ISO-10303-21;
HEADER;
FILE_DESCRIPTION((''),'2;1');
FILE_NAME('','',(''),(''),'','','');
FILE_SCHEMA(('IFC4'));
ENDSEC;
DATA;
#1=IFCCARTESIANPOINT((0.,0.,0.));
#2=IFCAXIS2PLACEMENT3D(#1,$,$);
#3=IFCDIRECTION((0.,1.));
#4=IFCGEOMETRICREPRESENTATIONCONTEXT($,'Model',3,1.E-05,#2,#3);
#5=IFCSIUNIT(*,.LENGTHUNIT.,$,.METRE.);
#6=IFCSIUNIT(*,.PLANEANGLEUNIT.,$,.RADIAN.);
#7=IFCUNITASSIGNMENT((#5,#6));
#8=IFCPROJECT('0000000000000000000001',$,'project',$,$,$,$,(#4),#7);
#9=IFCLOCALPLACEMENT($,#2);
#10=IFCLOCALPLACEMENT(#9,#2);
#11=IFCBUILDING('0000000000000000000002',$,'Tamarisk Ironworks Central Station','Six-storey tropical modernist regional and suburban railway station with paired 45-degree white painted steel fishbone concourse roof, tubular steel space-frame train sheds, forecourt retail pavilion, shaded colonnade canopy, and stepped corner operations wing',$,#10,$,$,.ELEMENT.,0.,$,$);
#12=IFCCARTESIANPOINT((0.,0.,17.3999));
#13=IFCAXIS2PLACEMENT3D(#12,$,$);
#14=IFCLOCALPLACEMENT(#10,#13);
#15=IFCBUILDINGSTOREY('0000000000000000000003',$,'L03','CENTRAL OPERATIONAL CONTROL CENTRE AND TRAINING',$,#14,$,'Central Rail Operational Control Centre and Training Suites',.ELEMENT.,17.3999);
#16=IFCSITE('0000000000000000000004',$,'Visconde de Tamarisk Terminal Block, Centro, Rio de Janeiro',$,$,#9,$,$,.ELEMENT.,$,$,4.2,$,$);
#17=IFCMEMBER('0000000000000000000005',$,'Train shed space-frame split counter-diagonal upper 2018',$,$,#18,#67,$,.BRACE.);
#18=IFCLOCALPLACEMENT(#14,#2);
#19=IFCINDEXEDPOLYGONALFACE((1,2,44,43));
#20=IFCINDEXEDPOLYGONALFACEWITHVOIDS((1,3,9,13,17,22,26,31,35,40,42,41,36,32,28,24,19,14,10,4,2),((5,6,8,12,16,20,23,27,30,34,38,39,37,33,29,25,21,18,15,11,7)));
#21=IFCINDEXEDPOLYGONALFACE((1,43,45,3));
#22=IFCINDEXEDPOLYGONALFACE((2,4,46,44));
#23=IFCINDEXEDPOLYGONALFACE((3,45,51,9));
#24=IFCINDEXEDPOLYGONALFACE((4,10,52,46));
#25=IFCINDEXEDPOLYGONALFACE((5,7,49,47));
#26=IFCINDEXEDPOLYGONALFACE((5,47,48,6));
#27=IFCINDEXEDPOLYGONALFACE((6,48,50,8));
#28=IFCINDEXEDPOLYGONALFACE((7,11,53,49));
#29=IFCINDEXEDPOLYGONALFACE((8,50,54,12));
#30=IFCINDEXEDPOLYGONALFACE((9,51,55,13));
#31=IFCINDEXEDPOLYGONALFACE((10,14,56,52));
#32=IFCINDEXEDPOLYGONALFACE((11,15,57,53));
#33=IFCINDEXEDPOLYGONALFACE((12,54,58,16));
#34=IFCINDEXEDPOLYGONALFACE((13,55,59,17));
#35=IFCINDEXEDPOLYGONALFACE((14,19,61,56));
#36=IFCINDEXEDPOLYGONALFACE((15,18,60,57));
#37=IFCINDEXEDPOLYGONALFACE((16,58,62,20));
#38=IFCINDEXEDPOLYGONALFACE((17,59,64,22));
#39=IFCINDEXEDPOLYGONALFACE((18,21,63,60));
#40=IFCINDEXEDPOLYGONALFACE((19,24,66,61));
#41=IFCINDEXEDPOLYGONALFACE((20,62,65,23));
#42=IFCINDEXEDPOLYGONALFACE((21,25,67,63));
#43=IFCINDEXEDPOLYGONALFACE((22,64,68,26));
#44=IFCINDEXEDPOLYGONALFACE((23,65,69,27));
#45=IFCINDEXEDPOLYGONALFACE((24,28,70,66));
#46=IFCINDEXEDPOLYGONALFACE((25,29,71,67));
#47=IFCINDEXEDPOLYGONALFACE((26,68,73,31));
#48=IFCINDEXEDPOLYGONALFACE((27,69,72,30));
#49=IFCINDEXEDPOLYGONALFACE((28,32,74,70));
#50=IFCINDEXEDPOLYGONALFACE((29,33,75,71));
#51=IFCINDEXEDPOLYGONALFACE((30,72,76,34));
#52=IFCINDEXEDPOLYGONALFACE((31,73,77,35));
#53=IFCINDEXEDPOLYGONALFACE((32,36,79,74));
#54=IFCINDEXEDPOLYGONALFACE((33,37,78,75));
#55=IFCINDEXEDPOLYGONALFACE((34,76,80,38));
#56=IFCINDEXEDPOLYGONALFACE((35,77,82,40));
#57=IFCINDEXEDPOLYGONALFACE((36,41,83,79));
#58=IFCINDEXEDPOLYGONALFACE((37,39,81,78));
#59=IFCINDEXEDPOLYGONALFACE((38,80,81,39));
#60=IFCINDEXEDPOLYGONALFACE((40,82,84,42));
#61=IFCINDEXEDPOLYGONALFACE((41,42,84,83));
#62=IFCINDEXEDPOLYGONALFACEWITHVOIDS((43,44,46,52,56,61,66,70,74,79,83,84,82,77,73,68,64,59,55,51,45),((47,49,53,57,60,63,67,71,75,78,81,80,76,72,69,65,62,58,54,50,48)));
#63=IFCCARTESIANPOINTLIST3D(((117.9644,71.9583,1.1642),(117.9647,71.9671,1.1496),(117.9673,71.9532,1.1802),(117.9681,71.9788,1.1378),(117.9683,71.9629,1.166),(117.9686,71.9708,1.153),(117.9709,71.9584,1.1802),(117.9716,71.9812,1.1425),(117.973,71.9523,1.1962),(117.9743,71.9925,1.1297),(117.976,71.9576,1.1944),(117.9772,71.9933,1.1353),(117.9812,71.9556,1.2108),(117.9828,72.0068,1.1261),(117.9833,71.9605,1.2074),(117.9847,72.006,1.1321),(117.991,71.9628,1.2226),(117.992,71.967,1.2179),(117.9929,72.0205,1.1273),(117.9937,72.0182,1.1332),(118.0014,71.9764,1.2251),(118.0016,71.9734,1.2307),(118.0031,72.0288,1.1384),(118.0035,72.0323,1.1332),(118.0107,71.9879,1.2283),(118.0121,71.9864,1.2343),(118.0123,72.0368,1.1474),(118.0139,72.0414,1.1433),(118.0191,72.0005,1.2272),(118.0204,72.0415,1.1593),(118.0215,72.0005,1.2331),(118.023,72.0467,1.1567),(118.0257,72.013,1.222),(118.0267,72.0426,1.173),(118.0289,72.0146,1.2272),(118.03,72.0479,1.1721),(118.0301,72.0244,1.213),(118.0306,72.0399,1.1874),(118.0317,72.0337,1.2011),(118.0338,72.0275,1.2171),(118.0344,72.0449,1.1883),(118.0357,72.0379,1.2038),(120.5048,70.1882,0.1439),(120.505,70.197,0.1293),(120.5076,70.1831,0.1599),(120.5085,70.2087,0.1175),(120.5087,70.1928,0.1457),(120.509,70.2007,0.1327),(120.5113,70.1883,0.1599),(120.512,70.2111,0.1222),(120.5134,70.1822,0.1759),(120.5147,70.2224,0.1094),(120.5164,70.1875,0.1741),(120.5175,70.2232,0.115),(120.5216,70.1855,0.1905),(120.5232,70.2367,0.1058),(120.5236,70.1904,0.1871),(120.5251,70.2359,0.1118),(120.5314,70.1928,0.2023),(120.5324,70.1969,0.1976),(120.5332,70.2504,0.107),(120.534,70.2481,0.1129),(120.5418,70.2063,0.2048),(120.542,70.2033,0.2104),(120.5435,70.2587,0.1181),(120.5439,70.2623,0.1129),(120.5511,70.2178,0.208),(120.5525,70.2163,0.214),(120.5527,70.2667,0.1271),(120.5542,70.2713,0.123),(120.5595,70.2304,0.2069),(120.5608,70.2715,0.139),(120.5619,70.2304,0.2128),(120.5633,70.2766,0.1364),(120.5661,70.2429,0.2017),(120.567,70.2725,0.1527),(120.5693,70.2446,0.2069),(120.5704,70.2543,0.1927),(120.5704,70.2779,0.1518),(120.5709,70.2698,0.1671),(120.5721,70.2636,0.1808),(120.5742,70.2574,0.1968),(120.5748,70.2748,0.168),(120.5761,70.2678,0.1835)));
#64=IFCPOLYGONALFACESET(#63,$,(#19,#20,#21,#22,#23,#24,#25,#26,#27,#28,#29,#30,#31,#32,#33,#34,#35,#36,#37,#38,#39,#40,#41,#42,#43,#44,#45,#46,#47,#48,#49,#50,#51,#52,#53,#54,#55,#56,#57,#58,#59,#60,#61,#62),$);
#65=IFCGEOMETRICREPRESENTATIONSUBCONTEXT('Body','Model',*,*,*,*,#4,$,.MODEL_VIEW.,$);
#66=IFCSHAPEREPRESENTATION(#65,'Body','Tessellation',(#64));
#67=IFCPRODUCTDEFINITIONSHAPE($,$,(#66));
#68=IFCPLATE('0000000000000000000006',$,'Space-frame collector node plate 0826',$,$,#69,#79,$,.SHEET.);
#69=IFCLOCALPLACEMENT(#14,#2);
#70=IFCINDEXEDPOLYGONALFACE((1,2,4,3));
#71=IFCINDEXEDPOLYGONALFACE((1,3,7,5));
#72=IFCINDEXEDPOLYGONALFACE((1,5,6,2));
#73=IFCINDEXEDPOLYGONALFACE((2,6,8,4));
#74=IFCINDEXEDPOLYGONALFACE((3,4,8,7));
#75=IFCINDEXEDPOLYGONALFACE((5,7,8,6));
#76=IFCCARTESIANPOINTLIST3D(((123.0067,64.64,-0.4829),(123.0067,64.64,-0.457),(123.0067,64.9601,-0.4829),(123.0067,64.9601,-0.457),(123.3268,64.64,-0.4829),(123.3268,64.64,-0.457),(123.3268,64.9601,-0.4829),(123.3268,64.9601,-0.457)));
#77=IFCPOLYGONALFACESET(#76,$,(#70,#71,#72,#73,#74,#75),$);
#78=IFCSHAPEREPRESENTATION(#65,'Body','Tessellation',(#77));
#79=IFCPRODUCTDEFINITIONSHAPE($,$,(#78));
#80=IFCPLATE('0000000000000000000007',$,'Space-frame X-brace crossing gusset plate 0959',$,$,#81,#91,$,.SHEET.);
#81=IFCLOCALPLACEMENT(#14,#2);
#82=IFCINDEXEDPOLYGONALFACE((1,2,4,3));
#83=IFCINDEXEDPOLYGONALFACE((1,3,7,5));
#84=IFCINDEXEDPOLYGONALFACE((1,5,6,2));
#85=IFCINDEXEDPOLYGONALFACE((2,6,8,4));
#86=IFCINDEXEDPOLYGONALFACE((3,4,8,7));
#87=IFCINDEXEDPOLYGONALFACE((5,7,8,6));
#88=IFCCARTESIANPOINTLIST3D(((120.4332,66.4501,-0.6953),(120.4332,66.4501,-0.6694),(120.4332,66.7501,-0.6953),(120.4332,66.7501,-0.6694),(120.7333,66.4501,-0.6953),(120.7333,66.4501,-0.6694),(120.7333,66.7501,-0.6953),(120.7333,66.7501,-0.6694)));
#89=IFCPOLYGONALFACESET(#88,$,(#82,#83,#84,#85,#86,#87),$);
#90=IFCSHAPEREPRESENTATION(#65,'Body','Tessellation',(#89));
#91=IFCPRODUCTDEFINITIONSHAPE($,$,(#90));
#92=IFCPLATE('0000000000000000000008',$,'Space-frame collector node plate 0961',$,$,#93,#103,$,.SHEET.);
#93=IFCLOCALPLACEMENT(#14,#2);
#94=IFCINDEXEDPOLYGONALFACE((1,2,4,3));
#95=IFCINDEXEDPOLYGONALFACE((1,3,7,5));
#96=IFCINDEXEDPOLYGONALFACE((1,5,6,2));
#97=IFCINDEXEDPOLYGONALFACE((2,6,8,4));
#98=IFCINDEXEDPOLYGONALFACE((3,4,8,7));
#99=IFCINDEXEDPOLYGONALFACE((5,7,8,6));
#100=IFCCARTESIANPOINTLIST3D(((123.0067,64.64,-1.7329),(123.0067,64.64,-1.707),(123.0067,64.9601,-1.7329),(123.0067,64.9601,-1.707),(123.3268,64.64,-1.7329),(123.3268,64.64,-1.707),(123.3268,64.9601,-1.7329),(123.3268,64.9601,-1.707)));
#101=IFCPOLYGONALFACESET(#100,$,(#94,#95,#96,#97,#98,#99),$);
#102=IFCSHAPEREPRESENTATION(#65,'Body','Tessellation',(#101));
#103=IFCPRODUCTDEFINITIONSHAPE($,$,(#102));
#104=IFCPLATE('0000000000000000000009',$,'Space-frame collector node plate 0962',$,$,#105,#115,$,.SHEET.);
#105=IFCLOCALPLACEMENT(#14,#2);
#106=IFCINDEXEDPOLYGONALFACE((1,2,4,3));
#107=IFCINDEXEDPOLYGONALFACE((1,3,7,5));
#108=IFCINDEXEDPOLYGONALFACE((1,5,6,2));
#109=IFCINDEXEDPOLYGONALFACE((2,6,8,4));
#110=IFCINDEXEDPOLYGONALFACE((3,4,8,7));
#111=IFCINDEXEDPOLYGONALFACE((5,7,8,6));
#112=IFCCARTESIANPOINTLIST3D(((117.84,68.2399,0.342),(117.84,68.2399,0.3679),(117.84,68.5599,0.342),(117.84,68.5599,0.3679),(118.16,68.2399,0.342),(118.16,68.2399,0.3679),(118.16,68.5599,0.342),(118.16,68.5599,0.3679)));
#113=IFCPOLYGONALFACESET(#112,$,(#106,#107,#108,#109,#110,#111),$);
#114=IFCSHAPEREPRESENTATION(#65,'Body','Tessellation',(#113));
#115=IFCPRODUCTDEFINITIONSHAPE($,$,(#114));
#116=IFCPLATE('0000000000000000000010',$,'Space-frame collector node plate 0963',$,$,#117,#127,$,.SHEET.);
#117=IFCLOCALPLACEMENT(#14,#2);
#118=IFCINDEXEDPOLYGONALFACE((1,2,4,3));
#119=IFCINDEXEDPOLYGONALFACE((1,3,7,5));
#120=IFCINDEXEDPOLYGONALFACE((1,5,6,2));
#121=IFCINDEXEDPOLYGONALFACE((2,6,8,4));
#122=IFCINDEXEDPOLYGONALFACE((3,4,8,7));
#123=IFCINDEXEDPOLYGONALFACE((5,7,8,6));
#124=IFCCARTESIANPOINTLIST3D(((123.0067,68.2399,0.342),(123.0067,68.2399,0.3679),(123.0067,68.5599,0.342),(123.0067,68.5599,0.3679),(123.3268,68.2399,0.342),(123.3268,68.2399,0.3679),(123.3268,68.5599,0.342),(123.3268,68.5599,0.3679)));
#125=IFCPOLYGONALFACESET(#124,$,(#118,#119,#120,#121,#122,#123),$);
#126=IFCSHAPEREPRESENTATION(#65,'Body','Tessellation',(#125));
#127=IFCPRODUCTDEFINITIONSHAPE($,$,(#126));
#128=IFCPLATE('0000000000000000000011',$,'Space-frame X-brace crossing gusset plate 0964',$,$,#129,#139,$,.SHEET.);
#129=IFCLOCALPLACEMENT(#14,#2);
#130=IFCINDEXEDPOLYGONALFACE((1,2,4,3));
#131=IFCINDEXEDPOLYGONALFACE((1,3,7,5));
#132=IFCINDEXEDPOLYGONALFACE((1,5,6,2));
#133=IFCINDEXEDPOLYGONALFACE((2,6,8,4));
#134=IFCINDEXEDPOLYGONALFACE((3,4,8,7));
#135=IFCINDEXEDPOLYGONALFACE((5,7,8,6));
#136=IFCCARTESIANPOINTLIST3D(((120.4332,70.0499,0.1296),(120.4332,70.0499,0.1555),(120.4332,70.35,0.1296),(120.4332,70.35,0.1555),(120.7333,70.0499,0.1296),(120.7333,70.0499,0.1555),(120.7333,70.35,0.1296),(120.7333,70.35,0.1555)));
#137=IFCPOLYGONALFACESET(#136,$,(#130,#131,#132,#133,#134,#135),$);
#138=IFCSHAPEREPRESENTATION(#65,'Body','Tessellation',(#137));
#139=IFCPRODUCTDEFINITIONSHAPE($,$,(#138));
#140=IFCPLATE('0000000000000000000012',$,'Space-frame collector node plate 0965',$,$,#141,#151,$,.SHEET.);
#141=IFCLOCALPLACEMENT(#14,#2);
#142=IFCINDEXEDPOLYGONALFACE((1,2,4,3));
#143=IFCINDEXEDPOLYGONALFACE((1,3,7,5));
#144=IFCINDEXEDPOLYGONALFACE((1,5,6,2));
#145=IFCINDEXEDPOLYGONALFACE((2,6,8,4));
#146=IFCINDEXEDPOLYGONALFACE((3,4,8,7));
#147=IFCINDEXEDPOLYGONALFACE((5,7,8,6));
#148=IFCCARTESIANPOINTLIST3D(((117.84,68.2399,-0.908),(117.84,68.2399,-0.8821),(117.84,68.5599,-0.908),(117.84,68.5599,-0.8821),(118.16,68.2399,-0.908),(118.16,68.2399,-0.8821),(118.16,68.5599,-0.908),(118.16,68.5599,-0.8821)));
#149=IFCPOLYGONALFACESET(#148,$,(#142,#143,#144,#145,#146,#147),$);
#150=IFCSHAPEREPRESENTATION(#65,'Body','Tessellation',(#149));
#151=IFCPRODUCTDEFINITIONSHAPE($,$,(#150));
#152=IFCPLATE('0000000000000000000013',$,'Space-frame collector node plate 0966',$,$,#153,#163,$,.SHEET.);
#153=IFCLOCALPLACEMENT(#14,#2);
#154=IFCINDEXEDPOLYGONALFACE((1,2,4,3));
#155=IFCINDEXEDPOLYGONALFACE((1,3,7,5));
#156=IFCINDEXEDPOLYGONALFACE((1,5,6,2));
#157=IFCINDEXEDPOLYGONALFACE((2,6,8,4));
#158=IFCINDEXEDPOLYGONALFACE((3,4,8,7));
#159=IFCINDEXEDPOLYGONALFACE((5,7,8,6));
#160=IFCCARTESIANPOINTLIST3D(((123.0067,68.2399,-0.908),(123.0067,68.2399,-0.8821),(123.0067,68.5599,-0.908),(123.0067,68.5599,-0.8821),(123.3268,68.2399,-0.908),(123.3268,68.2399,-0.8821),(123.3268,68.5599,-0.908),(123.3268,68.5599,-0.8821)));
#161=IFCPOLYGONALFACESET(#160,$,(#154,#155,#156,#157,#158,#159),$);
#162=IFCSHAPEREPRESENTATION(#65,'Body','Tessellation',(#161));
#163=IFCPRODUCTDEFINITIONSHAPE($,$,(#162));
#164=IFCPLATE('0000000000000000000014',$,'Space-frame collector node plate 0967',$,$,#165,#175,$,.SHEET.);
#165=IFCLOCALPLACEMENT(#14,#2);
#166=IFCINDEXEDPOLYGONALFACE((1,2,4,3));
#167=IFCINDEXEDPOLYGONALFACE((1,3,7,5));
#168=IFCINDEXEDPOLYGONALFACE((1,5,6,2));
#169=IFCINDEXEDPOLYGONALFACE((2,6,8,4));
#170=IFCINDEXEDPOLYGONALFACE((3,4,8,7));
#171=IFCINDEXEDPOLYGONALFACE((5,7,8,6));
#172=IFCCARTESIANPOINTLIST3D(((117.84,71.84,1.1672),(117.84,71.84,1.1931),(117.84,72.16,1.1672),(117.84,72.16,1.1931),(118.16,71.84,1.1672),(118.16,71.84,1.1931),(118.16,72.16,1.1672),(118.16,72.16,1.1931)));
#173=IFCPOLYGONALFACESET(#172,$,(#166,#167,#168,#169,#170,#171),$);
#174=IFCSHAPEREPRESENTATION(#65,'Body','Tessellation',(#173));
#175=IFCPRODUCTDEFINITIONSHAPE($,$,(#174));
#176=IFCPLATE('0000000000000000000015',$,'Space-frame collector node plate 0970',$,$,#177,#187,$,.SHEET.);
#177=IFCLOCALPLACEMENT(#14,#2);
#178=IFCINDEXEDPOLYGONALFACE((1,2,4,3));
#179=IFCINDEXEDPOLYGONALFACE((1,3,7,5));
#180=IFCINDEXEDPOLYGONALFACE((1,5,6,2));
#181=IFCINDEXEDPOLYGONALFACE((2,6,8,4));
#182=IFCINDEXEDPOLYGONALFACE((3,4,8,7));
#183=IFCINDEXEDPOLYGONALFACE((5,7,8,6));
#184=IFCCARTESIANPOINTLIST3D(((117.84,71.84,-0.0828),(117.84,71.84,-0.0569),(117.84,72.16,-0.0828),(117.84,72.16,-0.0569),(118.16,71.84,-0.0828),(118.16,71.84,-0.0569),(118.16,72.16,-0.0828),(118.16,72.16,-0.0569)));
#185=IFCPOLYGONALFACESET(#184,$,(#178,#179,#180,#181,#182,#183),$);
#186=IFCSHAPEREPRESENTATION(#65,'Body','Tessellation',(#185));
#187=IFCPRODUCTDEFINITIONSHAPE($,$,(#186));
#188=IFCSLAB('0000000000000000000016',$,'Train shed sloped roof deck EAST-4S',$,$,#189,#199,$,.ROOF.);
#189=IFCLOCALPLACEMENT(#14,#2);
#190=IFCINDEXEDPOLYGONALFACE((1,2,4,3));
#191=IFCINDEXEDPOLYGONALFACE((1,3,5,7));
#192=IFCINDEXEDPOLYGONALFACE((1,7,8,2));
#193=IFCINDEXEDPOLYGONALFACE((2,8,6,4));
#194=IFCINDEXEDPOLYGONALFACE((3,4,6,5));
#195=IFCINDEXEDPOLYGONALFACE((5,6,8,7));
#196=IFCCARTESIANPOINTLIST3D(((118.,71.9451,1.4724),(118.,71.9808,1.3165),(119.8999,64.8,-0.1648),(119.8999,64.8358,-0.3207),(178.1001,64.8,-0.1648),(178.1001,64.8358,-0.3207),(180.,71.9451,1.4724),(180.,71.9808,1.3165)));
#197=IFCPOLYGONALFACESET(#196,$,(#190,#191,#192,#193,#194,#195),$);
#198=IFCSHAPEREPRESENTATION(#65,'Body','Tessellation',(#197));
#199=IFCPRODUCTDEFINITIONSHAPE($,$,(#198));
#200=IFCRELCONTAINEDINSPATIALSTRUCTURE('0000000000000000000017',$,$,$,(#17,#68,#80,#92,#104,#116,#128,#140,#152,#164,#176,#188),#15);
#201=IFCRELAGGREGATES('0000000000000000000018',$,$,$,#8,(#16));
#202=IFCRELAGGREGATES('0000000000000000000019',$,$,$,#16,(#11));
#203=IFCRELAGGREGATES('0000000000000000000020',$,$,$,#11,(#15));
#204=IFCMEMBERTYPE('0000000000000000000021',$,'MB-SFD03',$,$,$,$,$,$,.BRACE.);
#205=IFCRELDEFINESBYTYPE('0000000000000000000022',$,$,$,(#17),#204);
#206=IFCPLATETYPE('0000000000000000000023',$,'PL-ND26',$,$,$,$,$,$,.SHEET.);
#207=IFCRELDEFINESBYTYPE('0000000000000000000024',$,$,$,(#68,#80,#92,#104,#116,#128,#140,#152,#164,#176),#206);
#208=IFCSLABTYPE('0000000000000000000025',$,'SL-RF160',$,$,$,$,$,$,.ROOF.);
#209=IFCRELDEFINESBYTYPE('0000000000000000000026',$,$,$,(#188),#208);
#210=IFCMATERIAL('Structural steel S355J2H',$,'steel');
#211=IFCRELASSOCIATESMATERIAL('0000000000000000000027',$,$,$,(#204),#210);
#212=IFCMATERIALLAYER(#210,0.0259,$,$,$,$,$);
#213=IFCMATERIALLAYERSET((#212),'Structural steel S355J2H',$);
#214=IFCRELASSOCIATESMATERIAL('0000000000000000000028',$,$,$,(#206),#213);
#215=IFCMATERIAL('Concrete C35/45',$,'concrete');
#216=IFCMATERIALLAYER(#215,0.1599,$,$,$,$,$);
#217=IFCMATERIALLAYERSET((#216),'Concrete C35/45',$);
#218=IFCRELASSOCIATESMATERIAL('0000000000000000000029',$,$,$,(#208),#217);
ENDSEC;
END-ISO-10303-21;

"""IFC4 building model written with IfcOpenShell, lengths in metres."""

from ifc_helpers import new_model, si_unit, direction, frame, origin, origin_2d, place, context, subcontext, project, spatial, polyline, rectangle, hollow_circle, outline, extrude, material, layer, layer_set, material_profile, profile_set, type_object, element, save


model = new_model("IFC4")

# Units and contexts
model_context = context("Model", 3, precision=1e-05, world=origin(), true_north=direction((0.0, 1.0)))
body_context = subcontext(model_context, "Body", "Model", "MODEL_VIEW")
ifc_project = project(units=[si_unit("LENGTHUNIT", "METRE"), si_unit("PLANEANGLEUNIT", "RADIAN")], contexts=[model_context])

# Site, building, storey
site_placement = place(None, origin())
site = spatial("IfcSite", under=ifc_project, at=site_placement, Name="Visconde de Tamarisk Terminal Block, Centro, Rio de Janeiro", CompositionType="ELEMENT", RefElevation=4.2)
building_placement = place(site_placement, origin())
building = spatial("IfcBuilding", under=site, at=building_placement, Name="Tamarisk Ironworks Central Station", Description="Six-storey tropical modernist regional and suburban railway station with paired 45-degree white painted steel fishbone concourse roof, tubular steel space-frame train sheds, forecourt retail pavilion, shaded colonnade canopy, and stepped corner operations wing", CompositionType="ELEMENT", ElevationOfRefHeight=0.0)
storey_placement = place(building_placement, frame((0.0, 0.0, 17.3999)))
storey = spatial("IfcBuildingStorey", under=building, at=storey_placement, Name="L03", Description="CENTRAL OPERATIONAL CONTROL CENTRE AND TRAINING", LongName="Central Rail Operational Control Centre and Training Suites", CompositionType="ELEMENT", Elevation=17.3999)

# Member
ifc_material_1 = material(Name="Structural steel S355J2H", Category="steel")
ifc_material_profile_1 = material_profile(ifc_material_1, hollow_circle(Radius=0.0571, WallThickness=0.0063, at=origin_2d()), Name="CHS 114.3x6.3")
ifc_profile_set_1 = profile_set([ifc_material_profile_1], Name="Structural steel S355J2H")
member_type_1 = type_object("IfcMemberType", Name="MB-SFD03", PredefinedType="BRACE", material=ifc_profile_set_1)
member_1_placement = place(storey_placement, frame((120.5403, 70.23, 0.1599), z_axis=(-0.779252, 0.542967, 0.312974), x_axis=(-0.571688, -0.820471, 0.0)))
element("IfcMember", 1, at=member_1_placement, inside=storey, type_object=member_type_1, Name="Train shed space-frame split counter-diagonal upper 2018", PredefinedType="BRACE", context=body_context, shape_type="SweptSolid", body=[
    extrude(hollow_circle(Radius=0.0571, WallThickness=0.0063, at=origin_2d()), origin(), (0.0, 0.0, 1.0), 3.26),
])

# Plates
ifc_layer_1 = layer(ifc_material_1, 0.0259)
ifc_layer_set_1 = layer_set([ifc_layer_1], Name="Structural steel S355J2H")
plate_type = type_object("IfcPlateType", Name="PL-ND26", PredefinedType="SHEET", material=ifc_layer_set_1)
plate_1_placement = place(storey_placement, frame((123.1667, 64.8, -0.4829), z_axis=(0.0, 0.0, 1.0), x_axis=(1.0, 0.0, 0.0)))
element("IfcPlate", 2, at=plate_1_placement, inside=storey, type_object=plate_type, Name="Space-frame collector node plate 0826", PredefinedType="SHEET", context=body_context, shape_type="SweptSolid", body=[
    extrude(rectangle(XDim=0.3201, YDim=0.3201, at=origin_2d()), origin(), (0.0, 0.0, 1.0), 0.0259),
])
plate_2_placement = place(storey_placement, frame((120.5833, 66.6001, -0.6953), z_axis=(0.0, 0.0, 1.0), x_axis=(1.0, 0.0, 0.0)))
element("IfcPlate", 3, at=plate_2_placement, inside=storey, type_object=plate_type, Name="Space-frame X-brace crossing gusset plate 0959", PredefinedType="SHEET", context=body_context, shape_type="SweptSolid", body=[
    extrude(rectangle(XDim=0.3, YDim=0.3, at=origin_2d()), origin(), (0.0, 0.0, 1.0), 0.0259),
])
for number, where, z_axis, x_axis, name in (
    (4, (123.1667, 64.8, -1.7329), (0.0, 0.0, 1.0), (1.0, 0.0, 0.0), "Space-frame collector node plate 0961"),
    (5, (118.0, 68.3999, 0.342), (0.0, 0.0, 1.0), (1.0, 0.0, 0.0), "Space-frame collector node plate 0962"),
    (6, (123.1667, 68.3999, 0.342), (0.0, 0.0, 1.0), (1.0, 0.0, 0.0), "Space-frame collector node plate 0963"),
):
    element("IfcPlate", number, at=place(storey_placement, frame(where, z_axis=z_axis, x_axis=x_axis)), inside=storey, type_object=plate_type, Name=name, PredefinedType="SHEET", context=body_context, shape_type="SweptSolid", body=[
        extrude(rectangle(XDim=0.3201, YDim=0.3201, at=origin_2d()), origin(), (0.0, 0.0, 1.0), 0.0259),
    ])
plate_3_placement = place(storey_placement, frame((120.5833, 70.2, 0.1296), z_axis=(0.0, 0.0, 1.0), x_axis=(1.0, 0.0, 0.0)))
element("IfcPlate", 7, at=plate_3_placement, inside=storey, type_object=plate_type, Name="Space-frame X-brace crossing gusset plate 0964", PredefinedType="SHEET", context=body_context, shape_type="SweptSolid", body=[
    extrude(rectangle(XDim=0.3, YDim=0.3, at=origin_2d()), origin(), (0.0, 0.0, 1.0), 0.0259),
])
for number, where, z_axis, x_axis, name in (
    (8, (118.0, 68.3999, -0.908), (0.0, 0.0, 1.0), (1.0, 0.0, 0.0), "Space-frame collector node plate 0965"),
    (9, (123.1667, 68.3999, -0.908), (0.0, 0.0, 1.0), (1.0, 0.0, 0.0), "Space-frame collector node plate 0966"),
    (10, (118.0, 72.0, 1.1672), (0.0, 0.0, 1.0), (1.0, 0.0, 0.0), "Space-frame collector node plate 0967"),
    (11, (118.0, 72.0, -0.0828), (0.0, 0.0, 1.0), (1.0, 0.0, 0.0), "Space-frame collector node plate 0970"),
):
    element("IfcPlate", number, at=place(storey_placement, frame(where, z_axis=z_axis, x_axis=x_axis)), inside=storey, type_object=plate_type, Name=name, PredefinedType="SHEET", context=body_context, shape_type="SweptSolid", body=[
        extrude(rectangle(XDim=0.3201, YDim=0.3201, at=origin_2d()), origin(), (0.0, 0.0, 1.0), 0.0259),
    ])

# Slab
ifc_material_2 = material(Name="Concrete C35/45", Category="concrete")
ifc_layer_2 = layer(ifc_material_2, 0.1599)
ifc_layer_set_2 = layer_set([ifc_layer_2], Name="Concrete C35/45")
slab_type = type_object("IfcSlabType", Name="SL-RF160", PredefinedType="ROOF", material=ifc_layer_set_2)
slab_placement = place(storey_placement, frame((119.8999, 64.8, -0.1648), z_axis=(0.0, -0.223351, 0.974738), x_axis=(1.0, 0.0, 0.0)))
element("IfcSlab", 12, at=slab_placement, inside=storey, type_object=slab_type, Name="Train shed sloped roof deck EAST-4S", PredefinedType="ROOF", context=body_context, shape_type="SweptSolid", body=[
    extrude(outline(polyline([(0.0, 0.0), (58.2002, 0.0), (60.1001, 7.3302), (-1.8999, 7.3302), (0.0, 0.0)])), origin(), (0.0, 0.0, -1.0), 0.1599),
])

save(model, "model.ifc")
